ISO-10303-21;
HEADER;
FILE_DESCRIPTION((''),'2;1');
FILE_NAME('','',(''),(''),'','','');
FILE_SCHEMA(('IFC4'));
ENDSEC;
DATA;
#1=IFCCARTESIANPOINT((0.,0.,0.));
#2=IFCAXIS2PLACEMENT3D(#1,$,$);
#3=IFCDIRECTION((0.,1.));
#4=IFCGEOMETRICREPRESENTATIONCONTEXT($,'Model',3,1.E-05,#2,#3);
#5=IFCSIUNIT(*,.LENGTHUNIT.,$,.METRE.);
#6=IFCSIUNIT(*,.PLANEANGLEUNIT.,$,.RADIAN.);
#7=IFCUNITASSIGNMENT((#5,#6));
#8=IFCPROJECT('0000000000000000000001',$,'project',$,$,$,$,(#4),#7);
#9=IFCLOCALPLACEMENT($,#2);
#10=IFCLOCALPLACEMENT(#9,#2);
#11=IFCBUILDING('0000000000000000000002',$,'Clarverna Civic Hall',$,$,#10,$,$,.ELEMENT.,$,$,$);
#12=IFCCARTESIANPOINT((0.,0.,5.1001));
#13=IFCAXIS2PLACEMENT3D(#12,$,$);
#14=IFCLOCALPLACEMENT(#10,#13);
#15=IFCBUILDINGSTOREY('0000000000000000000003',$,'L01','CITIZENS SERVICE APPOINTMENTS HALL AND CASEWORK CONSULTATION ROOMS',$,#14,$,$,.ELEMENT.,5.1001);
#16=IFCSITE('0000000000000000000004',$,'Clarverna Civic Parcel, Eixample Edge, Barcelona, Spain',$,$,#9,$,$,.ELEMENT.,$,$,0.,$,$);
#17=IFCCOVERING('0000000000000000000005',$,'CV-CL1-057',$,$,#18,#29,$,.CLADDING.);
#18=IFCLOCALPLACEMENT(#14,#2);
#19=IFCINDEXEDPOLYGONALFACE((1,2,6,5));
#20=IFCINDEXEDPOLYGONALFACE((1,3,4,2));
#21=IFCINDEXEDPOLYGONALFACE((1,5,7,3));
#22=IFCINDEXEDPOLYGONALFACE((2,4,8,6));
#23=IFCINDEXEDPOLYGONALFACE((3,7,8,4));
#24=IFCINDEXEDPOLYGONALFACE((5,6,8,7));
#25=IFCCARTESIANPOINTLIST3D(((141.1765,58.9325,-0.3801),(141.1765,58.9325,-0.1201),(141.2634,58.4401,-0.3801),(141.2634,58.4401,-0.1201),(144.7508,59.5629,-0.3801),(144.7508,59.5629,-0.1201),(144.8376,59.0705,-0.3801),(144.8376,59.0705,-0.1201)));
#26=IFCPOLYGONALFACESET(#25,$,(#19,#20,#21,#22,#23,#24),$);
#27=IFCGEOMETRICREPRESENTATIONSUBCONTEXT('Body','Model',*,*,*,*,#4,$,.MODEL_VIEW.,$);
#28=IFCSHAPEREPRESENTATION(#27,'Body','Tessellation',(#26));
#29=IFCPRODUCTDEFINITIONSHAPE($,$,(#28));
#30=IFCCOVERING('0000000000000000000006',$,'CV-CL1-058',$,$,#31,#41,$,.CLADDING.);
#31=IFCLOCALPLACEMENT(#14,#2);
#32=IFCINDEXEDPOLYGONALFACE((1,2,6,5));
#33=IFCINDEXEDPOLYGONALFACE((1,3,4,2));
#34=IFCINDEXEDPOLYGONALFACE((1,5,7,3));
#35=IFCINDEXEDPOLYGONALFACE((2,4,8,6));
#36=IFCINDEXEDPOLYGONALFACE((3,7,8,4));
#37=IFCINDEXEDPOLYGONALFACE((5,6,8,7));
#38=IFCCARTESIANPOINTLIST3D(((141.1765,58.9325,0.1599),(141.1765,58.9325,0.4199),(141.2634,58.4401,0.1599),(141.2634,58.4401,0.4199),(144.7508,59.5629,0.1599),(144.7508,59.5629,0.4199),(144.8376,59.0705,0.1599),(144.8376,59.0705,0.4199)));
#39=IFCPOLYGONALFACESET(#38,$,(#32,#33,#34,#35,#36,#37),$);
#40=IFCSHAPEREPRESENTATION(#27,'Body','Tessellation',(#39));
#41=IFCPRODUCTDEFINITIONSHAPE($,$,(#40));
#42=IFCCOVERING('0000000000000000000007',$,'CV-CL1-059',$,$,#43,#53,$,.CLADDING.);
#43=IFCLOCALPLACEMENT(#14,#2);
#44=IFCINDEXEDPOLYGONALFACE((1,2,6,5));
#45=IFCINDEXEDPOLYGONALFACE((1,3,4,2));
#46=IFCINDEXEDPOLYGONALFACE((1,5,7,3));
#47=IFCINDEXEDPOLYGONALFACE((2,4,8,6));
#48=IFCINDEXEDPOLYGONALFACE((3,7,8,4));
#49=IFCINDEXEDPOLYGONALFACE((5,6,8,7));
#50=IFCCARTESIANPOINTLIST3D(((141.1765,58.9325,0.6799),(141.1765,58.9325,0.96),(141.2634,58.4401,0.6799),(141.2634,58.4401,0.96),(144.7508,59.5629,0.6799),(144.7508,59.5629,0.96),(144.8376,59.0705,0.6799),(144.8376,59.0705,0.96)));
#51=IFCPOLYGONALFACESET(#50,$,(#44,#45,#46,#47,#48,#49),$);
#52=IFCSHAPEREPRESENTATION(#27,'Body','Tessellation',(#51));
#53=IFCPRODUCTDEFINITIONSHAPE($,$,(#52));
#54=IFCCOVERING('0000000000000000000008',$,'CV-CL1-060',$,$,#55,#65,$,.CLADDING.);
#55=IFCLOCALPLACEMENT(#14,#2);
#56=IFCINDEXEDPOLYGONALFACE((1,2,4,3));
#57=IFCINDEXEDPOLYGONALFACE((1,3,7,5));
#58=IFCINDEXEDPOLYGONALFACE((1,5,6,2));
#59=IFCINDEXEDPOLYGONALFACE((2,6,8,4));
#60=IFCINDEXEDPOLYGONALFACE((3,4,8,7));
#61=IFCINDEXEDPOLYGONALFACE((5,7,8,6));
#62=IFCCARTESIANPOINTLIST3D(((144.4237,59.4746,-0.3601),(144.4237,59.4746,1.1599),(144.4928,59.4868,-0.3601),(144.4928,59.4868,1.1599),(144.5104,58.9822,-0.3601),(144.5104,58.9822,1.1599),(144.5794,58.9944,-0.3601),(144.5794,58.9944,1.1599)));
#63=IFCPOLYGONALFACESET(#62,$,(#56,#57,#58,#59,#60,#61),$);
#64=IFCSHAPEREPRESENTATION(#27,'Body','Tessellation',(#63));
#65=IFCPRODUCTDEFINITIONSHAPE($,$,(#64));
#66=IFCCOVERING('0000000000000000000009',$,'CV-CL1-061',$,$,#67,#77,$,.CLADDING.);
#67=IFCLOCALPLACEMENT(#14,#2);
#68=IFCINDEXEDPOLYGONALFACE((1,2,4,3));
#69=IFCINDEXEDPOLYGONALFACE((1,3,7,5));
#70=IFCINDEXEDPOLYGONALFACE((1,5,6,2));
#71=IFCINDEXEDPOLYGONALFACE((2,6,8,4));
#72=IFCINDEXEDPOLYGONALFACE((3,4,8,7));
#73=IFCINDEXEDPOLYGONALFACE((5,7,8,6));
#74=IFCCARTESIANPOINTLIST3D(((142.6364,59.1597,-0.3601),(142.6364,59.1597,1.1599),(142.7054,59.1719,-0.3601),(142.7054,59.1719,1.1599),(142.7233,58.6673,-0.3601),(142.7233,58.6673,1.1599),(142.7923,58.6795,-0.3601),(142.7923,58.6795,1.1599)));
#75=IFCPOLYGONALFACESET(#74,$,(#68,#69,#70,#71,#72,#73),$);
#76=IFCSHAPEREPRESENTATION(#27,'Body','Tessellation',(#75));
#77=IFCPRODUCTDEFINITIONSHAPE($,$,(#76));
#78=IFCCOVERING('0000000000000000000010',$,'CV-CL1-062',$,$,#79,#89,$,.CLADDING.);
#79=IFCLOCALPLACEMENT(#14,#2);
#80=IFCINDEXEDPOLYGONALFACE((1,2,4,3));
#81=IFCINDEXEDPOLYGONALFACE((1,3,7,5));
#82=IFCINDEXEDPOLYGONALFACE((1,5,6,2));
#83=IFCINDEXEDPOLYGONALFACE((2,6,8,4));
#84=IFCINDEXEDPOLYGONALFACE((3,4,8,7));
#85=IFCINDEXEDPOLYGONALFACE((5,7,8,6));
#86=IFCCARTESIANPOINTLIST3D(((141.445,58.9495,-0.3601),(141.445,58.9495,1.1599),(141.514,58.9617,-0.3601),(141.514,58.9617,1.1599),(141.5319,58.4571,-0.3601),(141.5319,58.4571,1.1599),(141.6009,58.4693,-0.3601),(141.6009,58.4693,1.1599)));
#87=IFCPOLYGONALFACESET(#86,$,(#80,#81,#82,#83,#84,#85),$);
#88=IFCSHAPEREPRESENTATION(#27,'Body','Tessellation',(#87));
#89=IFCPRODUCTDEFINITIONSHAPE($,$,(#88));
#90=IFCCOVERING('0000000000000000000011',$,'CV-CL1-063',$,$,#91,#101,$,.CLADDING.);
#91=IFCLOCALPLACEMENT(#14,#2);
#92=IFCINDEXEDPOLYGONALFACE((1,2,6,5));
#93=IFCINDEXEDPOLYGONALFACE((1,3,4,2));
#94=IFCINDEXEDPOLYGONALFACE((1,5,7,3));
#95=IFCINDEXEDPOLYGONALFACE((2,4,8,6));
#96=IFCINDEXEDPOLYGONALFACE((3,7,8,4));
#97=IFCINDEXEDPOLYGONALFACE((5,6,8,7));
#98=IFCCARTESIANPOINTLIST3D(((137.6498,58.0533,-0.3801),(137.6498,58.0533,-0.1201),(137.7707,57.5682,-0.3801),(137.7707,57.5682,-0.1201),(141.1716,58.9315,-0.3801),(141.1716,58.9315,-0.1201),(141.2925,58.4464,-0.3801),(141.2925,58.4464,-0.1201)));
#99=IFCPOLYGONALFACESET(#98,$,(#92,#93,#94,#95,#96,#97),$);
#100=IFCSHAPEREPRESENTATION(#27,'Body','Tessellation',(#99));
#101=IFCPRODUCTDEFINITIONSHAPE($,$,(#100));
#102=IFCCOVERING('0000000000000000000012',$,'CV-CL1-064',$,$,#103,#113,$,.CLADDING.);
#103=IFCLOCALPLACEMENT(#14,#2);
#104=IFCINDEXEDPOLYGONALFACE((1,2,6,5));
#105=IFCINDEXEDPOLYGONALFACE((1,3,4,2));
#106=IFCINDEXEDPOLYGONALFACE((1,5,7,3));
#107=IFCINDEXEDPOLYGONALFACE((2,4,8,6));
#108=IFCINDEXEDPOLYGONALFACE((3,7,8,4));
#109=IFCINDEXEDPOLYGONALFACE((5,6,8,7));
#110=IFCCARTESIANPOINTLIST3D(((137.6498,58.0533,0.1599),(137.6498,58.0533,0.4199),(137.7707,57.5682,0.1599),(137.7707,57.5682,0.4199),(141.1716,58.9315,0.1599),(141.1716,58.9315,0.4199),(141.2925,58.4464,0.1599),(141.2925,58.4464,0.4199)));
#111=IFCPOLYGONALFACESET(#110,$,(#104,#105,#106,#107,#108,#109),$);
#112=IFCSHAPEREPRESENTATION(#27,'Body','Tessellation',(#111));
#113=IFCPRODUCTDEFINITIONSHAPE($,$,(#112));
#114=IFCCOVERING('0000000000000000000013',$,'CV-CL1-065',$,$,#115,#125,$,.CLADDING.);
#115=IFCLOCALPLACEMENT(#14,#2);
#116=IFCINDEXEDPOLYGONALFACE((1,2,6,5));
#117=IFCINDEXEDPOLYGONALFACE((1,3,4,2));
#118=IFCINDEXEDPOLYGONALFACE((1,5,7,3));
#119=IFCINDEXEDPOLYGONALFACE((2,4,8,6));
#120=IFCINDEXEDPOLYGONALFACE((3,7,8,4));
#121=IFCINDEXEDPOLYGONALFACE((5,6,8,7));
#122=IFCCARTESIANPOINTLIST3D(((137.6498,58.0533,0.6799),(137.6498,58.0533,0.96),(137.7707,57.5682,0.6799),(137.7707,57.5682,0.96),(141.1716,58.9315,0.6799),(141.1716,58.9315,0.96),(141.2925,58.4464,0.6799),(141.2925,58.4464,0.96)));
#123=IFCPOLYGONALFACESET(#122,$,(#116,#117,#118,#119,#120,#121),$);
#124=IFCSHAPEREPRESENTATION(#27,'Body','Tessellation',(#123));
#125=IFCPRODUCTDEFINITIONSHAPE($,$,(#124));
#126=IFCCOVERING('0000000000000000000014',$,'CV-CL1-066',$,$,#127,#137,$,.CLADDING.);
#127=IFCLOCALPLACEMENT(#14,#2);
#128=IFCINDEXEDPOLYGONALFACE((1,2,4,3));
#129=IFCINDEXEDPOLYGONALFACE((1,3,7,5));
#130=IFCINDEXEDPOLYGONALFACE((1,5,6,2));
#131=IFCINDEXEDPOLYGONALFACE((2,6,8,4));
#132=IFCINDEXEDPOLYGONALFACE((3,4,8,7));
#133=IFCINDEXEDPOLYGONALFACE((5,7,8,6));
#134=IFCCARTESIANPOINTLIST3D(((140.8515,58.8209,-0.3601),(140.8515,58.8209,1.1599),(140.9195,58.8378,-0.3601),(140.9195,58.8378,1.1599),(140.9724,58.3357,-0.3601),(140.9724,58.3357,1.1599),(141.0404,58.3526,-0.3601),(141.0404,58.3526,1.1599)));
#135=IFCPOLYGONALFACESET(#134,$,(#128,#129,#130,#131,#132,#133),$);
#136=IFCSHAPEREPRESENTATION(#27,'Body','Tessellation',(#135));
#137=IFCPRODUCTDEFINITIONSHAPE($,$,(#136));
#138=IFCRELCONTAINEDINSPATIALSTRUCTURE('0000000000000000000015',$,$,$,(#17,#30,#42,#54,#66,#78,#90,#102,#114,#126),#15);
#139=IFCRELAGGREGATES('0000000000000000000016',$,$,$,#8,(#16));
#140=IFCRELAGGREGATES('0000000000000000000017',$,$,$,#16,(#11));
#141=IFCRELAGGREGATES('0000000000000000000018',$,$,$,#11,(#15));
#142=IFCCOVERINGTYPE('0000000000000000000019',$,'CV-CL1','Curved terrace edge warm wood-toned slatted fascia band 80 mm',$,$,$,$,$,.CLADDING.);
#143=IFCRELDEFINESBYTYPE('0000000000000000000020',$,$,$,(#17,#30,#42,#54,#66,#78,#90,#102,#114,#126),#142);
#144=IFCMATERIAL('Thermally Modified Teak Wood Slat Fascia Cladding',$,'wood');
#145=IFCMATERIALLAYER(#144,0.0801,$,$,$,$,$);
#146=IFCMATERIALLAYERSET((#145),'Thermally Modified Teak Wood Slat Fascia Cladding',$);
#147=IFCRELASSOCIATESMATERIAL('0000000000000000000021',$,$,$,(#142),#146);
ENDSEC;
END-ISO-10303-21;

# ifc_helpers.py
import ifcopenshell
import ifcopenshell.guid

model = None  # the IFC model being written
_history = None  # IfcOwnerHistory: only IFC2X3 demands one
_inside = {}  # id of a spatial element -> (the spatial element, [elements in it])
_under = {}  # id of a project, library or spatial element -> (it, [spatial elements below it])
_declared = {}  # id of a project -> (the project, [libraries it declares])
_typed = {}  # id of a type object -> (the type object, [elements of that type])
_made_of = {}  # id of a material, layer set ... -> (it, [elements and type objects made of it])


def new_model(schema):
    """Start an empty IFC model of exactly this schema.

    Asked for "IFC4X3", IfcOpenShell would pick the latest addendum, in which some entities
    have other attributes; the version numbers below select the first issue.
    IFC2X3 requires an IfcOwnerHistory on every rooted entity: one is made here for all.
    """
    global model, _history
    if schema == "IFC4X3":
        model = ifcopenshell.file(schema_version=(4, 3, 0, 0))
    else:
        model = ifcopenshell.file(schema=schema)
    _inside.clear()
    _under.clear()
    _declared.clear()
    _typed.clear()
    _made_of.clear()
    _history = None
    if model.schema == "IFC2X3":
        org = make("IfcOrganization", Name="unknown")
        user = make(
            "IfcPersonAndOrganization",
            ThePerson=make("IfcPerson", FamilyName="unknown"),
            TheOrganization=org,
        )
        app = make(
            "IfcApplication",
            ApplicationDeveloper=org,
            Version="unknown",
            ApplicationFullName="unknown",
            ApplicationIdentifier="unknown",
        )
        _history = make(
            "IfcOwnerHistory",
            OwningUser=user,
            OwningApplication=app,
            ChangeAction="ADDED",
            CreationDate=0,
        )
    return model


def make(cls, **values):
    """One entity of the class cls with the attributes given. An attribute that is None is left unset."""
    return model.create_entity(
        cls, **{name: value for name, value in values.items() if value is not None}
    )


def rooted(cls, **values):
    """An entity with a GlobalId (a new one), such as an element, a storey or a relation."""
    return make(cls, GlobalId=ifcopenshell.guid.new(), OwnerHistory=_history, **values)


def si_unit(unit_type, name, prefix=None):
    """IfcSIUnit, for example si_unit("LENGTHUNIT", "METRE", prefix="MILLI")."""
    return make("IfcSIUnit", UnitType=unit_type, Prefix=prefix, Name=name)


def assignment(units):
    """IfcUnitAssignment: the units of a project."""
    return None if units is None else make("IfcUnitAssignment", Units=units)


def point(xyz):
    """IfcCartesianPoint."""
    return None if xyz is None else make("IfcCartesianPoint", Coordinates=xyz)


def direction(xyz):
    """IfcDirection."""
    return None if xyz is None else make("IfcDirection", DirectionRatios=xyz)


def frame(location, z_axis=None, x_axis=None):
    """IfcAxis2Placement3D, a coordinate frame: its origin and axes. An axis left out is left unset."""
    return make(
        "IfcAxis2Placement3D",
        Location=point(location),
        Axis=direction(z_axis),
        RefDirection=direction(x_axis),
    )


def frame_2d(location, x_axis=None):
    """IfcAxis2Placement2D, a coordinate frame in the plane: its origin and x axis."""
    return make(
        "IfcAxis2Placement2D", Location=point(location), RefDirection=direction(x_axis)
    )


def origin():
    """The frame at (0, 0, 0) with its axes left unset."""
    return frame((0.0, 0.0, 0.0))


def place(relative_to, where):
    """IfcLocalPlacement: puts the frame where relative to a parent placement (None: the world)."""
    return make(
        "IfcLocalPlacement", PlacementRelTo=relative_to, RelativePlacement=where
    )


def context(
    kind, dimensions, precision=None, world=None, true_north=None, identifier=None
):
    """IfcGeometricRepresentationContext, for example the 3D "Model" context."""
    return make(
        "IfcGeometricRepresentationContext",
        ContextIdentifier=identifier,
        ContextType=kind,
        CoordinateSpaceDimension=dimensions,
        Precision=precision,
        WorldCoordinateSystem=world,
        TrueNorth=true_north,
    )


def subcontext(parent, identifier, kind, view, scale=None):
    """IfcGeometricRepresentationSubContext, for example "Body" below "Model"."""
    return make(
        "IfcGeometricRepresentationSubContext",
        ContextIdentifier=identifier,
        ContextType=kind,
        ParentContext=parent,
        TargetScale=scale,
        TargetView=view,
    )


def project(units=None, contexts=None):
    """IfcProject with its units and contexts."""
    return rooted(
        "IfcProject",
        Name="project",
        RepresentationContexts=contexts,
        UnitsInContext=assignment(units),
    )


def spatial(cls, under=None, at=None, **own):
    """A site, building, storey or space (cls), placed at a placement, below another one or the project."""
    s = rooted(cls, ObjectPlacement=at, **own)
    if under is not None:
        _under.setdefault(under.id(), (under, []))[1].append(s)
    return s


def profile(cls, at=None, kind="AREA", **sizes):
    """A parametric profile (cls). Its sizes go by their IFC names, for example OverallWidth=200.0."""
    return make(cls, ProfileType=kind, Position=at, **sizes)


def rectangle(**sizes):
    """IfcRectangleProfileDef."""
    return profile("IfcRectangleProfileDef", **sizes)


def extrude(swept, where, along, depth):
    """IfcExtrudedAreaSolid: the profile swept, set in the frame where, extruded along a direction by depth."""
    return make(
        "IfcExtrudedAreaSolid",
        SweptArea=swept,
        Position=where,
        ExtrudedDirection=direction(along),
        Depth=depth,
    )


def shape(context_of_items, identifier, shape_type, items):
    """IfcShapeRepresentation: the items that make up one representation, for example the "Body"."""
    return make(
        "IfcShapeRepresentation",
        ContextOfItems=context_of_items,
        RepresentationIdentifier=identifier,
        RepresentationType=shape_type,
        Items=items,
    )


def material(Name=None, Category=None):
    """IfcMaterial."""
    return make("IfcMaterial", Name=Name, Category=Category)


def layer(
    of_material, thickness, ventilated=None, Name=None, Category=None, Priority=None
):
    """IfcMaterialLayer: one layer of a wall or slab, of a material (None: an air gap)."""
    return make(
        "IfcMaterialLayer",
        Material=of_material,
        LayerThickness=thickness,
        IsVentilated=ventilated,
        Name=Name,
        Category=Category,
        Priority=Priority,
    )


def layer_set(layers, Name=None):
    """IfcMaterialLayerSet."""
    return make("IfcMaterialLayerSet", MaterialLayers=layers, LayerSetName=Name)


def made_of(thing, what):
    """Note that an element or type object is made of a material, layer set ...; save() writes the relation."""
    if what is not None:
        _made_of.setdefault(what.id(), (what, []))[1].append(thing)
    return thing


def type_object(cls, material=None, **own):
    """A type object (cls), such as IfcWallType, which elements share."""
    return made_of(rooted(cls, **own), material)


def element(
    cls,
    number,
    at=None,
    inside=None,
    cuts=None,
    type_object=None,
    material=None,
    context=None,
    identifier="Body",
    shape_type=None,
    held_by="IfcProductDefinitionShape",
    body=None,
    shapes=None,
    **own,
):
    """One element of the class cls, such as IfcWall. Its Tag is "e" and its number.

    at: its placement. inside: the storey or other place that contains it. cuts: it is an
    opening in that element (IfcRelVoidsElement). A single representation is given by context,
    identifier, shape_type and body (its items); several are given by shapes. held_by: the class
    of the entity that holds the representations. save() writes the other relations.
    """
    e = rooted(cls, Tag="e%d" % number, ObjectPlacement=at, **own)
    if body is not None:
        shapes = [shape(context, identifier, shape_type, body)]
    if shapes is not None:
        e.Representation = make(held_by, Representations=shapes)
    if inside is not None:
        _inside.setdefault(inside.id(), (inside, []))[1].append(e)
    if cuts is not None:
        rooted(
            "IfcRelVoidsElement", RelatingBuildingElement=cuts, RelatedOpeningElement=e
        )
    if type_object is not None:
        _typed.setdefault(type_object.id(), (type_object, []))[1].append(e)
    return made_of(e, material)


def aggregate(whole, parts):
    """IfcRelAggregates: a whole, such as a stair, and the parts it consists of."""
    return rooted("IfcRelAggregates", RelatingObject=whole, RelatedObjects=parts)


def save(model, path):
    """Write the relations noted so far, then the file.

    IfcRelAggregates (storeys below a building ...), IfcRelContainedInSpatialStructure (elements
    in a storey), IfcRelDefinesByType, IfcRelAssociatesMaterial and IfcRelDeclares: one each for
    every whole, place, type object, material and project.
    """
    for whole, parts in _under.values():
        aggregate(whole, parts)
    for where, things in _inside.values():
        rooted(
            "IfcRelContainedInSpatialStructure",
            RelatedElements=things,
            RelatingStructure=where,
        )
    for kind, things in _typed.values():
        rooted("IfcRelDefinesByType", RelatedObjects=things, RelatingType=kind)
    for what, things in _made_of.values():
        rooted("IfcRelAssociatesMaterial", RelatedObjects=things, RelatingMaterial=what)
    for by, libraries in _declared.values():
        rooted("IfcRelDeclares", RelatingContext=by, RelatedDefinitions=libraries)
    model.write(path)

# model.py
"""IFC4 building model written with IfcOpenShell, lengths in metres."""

from ifc_helpers import new_model, si_unit, direction, frame, frame_2d, origin, place, context, subcontext, project, spatial, rectangle, extrude, material, layer, layer_set, type_object, element, save


model = new_model("IFC4")

# Units and contexts
model_context = context("Model", 3, precision=1e-05, world=origin(), true_north=direction((0.0, 1.0)))
body_context = subcontext(model_context, "Body", "Model", "MODEL_VIEW")
ifc_project = project(units=[si_unit("LENGTHUNIT", "METRE"), si_unit("PLANEANGLEUNIT", "RADIAN")], contexts=[model_context])

# Site, building, storey
site_placement = place(None, origin())
site = spatial("IfcSite", under=ifc_project, at=site_placement, Name="Clarverna Civic Parcel, Eixample Edge, Barcelona, Spain", CompositionType="ELEMENT", RefElevation=0.0)
building_placement = place(site_placement, origin())
building = spatial("IfcBuilding", under=site, at=building_placement, Name="Clarverna Civic Hall", CompositionType="ELEMENT")
storey_placement = place(building_placement, frame((0.0, 0.0, 5.1001)))
storey = spatial("IfcBuildingStorey", under=building, at=storey_placement, Name="L01", Description="CITIZENS SERVICE APPOINTMENTS HALL AND CASEWORK CONSULTATION ROOMS", CompositionType="ELEMENT", Elevation=5.1001)

# Coverings
ifc_material_1 = material(Name="Thermally Modified Teak Wood Slat Fascia Cladding", Category="wood")
ifc_layer_1 = layer(ifc_material_1, 0.0801)
ifc_layer_set_1 = layer_set([ifc_layer_1], Name="Thermally Modified Teak Wood Slat Fascia Cladding")
covering_type = type_object("IfcCoveringType", Name="CV-CL1", Description="Curved terrace edge warm wood-toned slatted fascia band 80 mm", PredefinedType="CLADDING", material=ifc_layer_set_1)
for number, where, z_axis, x_axis, name in (
    (1, (144.7942, 59.3167, -0.3801), (0.0, 0.0, 1.0), (-0.984801, -0.173686, 0.0), "CV-CL1-057"),
    (2, (144.7942, 59.3167, 0.1599), (0.0, 0.0, 1.0), (-0.984801, -0.173686, 0.0), "CV-CL1-058"),
):
    element("IfcCovering", number, at=place(storey_placement, frame(where, z_axis=z_axis, x_axis=x_axis)), inside=storey, type_object=covering_type, Name=name, PredefinedType="CLADDING", context=body_context, shape_type="SweptSolid", body=[
        extrude(rectangle(XDim=3.6294, YDim=0.5, at=frame_2d((1.8147, 0.0))), origin(), (0.0, 0.0, 1.0), 0.26),
    ])
covering_1_placement = place(storey_placement, frame((144.7942, 59.3167, 0.6799), z_axis=(0.0, 0.0, 1.0), x_axis=(-0.984801, -0.173686, 0.0)))
element("IfcCovering", 3, at=covering_1_placement, inside=storey, type_object=covering_type, Name="CV-CL1-059", PredefinedType="CLADDING", context=body_context, shape_type="SweptSolid", body=[
    extrude(rectangle(XDim=3.6294, YDim=0.5, at=frame_2d((1.8147, 0.0))), origin(), (0.0, 0.0, 1.0), 0.28),
])
for number, where, z_axis, x_axis, name in (
    (4, (144.4583, 59.4807, -0.3601), (0.0, 0.0, 1.0), (0.17334, -0.984862, 0.0), "CV-CL1-060"),
    (5, (142.6709, 59.1658, -0.3601), (0.0, 0.0, 1.0), (0.173813, -0.984779, 0.0), "CV-CL1-061"),
    (6, (141.4795, 58.9556, -0.3601), (0.0, 0.0, 1.0), (0.173813, -0.984779, 0.0), "CV-CL1-062"),
):
    element("IfcCovering", number, at=place(storey_placement, frame(where, z_axis=z_axis, x_axis=x_axis)), inside=storey, type_object=covering_type, Name=name, PredefinedType="CLADDING", context=body_context, shape_type="SweptSolid", body=[
        extrude(rectangle(XDim=0.5, YDim=0.0701, at=frame_2d((0.25, 0.0))), origin(), (0.0, 0.0, 1.0), 1.52),
    ])
for number, where, z_axis, x_axis, name in (
    (7, (141.2322, 58.689, -0.3801), (0.0, 0.0, 1.0), (-0.970289, -0.24195, 0.0), "CV-CL1-063"),
    (8, (141.2322, 58.689, 0.1599), (0.0, 0.0, 1.0), (-0.970289, -0.24195, 0.0), "CV-CL1-064"),
):
    element("IfcCovering", number, at=place(storey_placement, frame(where, z_axis=z_axis, x_axis=x_axis)), inside=storey, type_object=covering_type, Name=name, PredefinedType="CLADDING", context=body_context, shape_type="SweptSolid", body=[
        extrude(rectangle(XDim=3.6296, YDim=0.5, at=frame_2d((1.8149, 0.0))), origin(), (0.0, 0.0, 1.0), 0.26),
    ])
covering_2_placement = place(storey_placement, frame((141.2322, 58.689, 0.6799), z_axis=(0.0, 0.0, 1.0), x_axis=(-0.970289, -0.24195, 0.0)))
element("IfcCovering", 9, at=covering_2_placement, inside=storey, type_object=covering_type, Name="CV-CL1-065", PredefinedType="CLADDING", context=body_context, shape_type="SweptSolid", body=[
    extrude(rectangle(XDim=3.6296, YDim=0.5, at=frame_2d((1.8149, 0.0))), origin(), (0.0, 0.0, 1.0), 0.28),
])
covering_3_placement = place(storey_placement, frame((140.8855, 58.8293, -0.3601), z_axis=(0.0, 0.0, 1.0), x_axis=(0.241731, -0.970343, 0.0)))
element("IfcCovering", 10, at=covering_3_placement, inside=storey, type_object=covering_type, Name="CV-CL1-066", PredefinedType="CLADDING", context=body_context, shape_type="SweptSolid", body=[
    extrude(rectangle(XDim=0.5, YDim=0.0701, at=frame_2d((0.25, 0.0))), origin(), (0.0, 0.0, 1.0), 1.52),
])

save(model, "model.ifc")
